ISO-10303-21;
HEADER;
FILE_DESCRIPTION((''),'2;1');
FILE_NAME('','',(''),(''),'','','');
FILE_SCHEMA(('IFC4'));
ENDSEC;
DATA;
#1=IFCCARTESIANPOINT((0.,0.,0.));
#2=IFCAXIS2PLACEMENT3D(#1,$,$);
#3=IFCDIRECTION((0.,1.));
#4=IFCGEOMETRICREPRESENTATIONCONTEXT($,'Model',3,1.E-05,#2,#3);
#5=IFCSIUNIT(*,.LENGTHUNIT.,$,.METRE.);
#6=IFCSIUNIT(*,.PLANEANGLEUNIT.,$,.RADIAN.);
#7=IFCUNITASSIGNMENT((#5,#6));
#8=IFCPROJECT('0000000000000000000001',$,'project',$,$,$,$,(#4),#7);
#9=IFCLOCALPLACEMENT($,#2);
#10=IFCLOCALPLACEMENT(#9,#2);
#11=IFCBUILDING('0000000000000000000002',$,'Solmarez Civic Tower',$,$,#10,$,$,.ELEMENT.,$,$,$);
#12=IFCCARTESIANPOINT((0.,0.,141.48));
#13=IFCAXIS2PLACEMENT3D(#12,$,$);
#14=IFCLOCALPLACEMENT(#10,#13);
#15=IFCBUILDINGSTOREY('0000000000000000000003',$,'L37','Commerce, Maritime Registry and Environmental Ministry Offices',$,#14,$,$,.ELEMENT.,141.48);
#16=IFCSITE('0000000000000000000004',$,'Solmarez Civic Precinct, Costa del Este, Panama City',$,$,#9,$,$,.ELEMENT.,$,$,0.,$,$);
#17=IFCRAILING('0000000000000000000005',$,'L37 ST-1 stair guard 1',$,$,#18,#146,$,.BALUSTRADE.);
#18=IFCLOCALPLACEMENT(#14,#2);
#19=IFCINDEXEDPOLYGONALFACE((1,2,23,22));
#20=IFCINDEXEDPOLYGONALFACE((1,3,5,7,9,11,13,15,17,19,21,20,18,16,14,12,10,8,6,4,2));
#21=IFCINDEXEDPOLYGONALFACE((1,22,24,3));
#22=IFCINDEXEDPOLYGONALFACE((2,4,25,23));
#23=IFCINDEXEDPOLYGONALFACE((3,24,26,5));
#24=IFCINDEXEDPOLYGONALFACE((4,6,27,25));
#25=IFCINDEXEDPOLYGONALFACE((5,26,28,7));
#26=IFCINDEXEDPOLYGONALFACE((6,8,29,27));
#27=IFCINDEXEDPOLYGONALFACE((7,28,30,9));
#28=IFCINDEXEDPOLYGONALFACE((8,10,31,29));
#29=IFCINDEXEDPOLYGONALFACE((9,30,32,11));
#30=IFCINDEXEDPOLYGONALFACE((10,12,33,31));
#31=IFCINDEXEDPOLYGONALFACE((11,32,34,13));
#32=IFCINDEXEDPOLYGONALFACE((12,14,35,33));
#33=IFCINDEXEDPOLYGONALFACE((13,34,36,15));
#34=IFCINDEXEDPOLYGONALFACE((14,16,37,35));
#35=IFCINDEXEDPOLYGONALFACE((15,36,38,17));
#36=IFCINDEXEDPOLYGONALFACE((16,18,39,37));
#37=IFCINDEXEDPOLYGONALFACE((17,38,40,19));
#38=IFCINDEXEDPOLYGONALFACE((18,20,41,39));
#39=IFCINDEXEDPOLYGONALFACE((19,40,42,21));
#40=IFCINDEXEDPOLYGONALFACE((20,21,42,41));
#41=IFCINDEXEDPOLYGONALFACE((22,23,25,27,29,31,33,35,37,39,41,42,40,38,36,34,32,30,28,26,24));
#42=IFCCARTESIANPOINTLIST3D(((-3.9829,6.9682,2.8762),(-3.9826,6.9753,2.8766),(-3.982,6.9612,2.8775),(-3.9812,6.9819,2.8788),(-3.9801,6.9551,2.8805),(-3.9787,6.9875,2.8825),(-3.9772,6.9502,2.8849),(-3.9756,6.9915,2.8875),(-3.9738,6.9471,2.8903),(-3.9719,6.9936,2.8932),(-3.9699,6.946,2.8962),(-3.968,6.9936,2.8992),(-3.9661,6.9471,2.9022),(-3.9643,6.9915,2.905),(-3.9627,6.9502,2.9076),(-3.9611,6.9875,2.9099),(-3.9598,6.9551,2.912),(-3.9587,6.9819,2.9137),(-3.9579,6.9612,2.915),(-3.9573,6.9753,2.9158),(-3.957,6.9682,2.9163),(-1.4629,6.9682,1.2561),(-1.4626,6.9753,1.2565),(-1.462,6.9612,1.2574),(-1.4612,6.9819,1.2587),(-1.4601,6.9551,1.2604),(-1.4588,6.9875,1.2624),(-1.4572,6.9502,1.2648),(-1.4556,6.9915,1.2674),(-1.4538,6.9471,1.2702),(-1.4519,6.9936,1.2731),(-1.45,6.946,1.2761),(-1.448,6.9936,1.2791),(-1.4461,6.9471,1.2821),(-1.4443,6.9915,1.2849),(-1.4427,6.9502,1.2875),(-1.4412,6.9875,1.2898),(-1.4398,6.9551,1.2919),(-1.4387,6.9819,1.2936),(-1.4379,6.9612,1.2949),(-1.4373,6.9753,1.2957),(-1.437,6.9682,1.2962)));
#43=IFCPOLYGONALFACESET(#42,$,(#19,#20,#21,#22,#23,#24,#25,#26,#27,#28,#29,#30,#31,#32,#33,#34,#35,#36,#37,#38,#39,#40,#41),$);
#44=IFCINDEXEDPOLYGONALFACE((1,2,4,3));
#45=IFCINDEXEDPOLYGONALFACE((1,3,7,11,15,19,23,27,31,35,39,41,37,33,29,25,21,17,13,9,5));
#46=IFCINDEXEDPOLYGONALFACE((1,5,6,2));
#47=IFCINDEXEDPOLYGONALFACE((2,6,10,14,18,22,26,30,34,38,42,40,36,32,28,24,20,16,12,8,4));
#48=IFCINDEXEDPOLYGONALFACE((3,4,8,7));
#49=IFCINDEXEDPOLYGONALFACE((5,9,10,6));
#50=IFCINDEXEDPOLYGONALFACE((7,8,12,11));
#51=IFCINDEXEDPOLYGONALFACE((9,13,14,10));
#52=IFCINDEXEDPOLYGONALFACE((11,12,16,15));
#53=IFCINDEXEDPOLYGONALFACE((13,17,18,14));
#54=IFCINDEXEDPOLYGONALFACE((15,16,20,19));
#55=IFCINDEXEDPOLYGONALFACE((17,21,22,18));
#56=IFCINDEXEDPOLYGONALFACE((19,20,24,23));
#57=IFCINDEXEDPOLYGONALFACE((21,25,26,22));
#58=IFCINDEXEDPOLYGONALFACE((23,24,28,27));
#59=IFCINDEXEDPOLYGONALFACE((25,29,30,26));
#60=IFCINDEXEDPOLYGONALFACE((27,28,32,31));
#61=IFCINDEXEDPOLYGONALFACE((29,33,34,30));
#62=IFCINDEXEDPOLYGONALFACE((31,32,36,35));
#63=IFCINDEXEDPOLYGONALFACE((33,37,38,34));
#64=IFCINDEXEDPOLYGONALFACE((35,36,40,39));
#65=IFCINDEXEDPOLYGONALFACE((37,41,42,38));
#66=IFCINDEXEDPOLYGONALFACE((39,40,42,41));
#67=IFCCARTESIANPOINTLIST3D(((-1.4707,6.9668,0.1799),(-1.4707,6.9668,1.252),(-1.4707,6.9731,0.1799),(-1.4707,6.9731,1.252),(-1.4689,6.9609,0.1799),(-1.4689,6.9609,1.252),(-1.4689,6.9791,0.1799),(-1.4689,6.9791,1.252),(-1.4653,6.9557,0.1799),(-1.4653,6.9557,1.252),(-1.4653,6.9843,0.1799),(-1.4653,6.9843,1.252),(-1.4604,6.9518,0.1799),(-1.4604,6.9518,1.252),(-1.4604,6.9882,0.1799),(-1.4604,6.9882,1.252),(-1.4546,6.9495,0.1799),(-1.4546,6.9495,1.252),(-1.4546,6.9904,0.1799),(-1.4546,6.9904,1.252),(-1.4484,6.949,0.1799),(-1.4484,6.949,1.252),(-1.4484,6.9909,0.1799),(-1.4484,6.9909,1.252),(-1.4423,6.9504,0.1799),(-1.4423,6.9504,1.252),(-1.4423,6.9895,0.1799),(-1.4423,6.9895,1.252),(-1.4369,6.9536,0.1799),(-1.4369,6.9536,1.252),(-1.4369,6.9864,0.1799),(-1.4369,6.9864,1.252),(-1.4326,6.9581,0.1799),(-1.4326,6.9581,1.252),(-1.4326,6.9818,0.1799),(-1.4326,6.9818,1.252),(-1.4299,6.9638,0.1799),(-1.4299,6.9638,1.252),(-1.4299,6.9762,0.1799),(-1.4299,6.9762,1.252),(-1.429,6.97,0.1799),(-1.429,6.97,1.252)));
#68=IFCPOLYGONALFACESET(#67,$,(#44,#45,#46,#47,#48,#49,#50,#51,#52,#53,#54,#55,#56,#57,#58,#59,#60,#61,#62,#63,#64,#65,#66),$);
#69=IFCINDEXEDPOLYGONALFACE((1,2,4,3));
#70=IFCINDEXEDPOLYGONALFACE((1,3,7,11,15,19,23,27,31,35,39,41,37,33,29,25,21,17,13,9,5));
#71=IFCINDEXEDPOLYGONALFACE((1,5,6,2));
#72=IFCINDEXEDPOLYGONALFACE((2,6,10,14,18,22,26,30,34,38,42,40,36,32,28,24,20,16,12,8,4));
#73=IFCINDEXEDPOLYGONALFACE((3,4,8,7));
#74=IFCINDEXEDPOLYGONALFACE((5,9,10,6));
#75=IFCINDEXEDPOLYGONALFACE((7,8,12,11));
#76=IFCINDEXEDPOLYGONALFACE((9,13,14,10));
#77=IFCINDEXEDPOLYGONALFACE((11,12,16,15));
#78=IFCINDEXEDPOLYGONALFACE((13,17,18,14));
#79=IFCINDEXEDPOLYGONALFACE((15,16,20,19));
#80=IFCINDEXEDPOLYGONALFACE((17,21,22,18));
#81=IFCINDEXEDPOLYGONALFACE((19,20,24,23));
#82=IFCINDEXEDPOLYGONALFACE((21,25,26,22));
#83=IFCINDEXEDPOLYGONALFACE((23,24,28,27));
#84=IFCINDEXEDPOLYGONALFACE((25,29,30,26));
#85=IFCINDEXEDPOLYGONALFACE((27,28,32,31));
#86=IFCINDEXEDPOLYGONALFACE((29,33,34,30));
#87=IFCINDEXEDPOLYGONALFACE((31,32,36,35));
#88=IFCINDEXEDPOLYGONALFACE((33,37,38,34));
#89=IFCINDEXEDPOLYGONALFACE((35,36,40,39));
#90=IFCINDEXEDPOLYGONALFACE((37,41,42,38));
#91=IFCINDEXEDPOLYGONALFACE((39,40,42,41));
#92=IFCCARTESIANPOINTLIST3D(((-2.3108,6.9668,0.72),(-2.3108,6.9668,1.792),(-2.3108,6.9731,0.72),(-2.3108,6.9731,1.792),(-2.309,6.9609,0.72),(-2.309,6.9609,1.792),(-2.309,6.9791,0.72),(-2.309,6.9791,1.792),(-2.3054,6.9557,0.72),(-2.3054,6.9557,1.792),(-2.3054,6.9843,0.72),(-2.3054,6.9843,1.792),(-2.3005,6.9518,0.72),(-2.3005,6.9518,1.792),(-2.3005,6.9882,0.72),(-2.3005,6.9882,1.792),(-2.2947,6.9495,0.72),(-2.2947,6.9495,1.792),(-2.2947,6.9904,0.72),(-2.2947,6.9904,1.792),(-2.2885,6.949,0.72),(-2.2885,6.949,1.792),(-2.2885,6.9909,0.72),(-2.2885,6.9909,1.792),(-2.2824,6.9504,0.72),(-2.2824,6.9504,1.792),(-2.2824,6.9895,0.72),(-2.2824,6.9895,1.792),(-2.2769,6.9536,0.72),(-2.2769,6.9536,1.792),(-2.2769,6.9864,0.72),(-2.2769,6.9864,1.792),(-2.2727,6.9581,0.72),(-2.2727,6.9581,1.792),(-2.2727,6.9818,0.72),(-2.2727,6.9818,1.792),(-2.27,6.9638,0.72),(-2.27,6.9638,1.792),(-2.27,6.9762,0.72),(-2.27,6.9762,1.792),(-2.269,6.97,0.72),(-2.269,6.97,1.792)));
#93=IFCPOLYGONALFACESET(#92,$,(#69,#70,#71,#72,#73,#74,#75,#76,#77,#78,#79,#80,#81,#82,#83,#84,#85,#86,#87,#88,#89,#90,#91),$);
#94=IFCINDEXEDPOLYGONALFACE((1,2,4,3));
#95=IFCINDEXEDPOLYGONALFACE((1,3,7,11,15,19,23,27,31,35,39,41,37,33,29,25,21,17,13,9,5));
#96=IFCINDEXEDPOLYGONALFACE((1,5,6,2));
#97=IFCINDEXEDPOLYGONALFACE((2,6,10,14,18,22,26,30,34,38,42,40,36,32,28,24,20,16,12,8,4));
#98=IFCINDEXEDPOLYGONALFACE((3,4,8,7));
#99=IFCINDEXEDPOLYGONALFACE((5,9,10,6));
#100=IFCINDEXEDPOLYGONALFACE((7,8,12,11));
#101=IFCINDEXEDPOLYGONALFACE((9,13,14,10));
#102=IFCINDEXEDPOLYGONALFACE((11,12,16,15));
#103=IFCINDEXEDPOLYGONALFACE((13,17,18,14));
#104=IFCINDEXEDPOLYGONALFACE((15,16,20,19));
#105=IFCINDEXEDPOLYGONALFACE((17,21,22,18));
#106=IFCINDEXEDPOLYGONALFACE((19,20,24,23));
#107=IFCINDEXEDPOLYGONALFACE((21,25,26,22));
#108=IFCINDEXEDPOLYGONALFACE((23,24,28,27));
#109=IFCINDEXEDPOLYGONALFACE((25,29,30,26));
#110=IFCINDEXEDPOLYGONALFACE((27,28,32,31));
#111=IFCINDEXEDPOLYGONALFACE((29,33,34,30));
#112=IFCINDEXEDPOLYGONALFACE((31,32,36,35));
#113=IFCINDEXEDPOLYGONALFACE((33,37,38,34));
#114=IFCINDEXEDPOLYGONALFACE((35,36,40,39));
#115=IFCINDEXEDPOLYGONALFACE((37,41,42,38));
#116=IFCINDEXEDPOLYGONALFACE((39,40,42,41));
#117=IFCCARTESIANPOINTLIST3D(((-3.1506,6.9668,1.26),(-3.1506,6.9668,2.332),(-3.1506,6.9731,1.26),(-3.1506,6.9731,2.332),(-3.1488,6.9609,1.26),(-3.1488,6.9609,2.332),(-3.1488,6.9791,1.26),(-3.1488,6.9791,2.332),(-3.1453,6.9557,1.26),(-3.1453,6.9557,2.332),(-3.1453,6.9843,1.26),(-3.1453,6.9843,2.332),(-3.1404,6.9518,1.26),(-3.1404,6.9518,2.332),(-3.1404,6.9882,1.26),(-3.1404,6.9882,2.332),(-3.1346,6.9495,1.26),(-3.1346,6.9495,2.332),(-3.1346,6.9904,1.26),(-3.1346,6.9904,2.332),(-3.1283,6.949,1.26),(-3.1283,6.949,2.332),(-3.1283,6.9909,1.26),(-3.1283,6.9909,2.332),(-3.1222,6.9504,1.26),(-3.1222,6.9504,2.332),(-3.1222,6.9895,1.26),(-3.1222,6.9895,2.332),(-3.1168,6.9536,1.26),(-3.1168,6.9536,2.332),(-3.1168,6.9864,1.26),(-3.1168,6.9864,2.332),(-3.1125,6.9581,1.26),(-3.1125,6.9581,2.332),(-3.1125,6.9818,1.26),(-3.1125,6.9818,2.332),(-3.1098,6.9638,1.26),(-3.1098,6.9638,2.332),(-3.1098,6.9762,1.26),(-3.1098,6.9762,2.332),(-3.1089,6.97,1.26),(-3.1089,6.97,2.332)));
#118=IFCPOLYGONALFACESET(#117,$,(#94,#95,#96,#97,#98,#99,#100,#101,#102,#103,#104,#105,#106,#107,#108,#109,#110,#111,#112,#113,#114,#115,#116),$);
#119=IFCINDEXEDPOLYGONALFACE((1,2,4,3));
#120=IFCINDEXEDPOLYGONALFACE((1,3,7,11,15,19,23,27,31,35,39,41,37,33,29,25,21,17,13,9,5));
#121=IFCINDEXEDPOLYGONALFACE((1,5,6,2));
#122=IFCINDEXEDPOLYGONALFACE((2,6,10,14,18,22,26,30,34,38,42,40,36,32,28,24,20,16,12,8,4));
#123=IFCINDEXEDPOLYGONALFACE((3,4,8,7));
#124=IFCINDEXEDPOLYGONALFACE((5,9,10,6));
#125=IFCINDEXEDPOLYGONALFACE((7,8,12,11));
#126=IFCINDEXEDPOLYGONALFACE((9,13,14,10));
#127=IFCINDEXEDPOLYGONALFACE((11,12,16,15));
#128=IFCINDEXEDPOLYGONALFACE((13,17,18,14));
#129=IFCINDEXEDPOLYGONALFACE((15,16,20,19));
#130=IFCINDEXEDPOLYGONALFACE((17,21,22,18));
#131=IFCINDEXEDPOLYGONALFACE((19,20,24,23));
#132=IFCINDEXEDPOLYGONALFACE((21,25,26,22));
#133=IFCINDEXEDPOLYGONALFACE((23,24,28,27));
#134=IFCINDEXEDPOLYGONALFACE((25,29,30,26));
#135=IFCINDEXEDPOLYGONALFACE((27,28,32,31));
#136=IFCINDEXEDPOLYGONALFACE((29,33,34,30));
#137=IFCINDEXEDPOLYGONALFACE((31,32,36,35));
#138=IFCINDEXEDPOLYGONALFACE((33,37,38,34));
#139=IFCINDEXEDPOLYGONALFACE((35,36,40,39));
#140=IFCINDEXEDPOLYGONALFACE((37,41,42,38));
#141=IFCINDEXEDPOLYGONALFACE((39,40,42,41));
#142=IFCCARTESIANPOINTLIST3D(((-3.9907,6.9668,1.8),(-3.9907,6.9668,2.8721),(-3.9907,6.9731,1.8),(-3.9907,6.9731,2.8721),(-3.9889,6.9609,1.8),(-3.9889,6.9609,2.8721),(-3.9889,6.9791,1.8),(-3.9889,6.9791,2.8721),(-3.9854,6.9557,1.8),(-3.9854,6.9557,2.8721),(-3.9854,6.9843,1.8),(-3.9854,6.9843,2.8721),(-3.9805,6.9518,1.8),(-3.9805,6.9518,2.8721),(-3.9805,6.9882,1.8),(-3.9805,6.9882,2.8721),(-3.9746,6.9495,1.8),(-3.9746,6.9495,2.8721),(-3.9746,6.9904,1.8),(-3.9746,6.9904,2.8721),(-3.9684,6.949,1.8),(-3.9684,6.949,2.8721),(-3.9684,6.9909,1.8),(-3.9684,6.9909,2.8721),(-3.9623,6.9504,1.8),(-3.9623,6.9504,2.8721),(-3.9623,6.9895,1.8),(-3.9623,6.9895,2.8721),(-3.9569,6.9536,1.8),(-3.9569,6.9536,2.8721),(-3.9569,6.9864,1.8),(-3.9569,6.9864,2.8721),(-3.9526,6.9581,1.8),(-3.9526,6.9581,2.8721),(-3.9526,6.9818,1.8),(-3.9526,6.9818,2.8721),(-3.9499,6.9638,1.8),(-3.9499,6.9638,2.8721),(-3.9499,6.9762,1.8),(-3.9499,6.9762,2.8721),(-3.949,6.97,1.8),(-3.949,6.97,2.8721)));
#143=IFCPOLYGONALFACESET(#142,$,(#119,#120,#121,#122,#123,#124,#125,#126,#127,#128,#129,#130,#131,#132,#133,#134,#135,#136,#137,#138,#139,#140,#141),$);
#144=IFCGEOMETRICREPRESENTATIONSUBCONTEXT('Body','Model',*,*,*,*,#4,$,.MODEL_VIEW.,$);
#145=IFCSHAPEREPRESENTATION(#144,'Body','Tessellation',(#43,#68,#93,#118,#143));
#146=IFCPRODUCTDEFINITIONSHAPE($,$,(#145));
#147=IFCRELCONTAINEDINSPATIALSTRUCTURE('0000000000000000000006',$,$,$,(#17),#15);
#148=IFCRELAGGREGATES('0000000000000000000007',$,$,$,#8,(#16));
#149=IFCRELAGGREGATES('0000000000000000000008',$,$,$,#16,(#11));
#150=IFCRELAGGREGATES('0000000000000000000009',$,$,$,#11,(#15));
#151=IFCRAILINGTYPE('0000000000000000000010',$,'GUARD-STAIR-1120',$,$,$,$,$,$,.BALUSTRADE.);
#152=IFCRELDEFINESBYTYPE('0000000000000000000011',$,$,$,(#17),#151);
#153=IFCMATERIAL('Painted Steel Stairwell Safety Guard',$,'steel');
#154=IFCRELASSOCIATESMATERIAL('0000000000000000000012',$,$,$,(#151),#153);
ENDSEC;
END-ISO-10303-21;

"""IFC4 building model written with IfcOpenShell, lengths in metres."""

from ifc_helpers import new_model, si_unit, direction, frame, origin, origin_2d, place, context, subcontext, project, spatial, circle, extrude, material, type_object, element, save


model = new_model("IFC4")

# Units and contexts
model_context = context("Model", 3, precision=1e-05, world=origin(), true_north=direction((0.0, 1.0)))
body_context = subcontext(model_context, "Body", "Model", "MODEL_VIEW")
ifc_project = project(units=[si_unit("LENGTHUNIT", "METRE"), si_unit("PLANEANGLEUNIT", "RADIAN")], contexts=[model_context])

# Site, building, storey
site_placement = place(None, origin())
site = spatial("IfcSite", under=ifc_project, at=site_placement, Name="Solmarez Civic Precinct, Costa del Este, Panama City", CompositionType="ELEMENT", RefElevation=0.0)
building_placement = place(site_placement, origin())
building = spatial("IfcBuilding", under=site, at=building_placement, Name="Solmarez Civic Tower", CompositionType="ELEMENT")
storey_placement = place(building_placement, frame((0.0, 0.0, 141.48)))
storey = spatial("IfcBuildingStorey", under=building, at=storey_placement, Name="L37", Description="Commerce, Maritime Registry and Environmental Ministry Offices", CompositionType="ELEMENT", Elevation=141.48)

# Railing
ifc_material_1 = material(Name="Painted Steel Stairwell Safety Guard", Category="steel")
railing_type_1 = type_object("IfcRailingType", Name="GUARD-STAIR-1120", PredefinedType="BALUSTRADE", material=ifc_material_1)
railing_1_placement = place(storey_placement, frame((-1.45, 6.97, 0.1799)))
element("IfcRailing", 1, at=railing_1_placement, inside=storey, type_object=railing_type_1, Name="L37 ST-1 stair guard 1", PredefinedType="BALUSTRADE", context=body_context, shape_type="SweptSolid", body=[
    extrude(circle(Radius=0.0239, at=origin_2d()), frame((0.0, 0.0, 1.0962), z_axis=(-0.841163, 0.0, 0.540782), x_axis=(0.0, -1.0, 0.0)), (0.0, 0.0, 1.0), 2.9958),
    extrude(circle(Radius=0.021, at=origin_2d()), origin(), (0.0, 0.0, 1.0), 1.072),
    extrude(circle(Radius=0.021, at=origin_2d()), frame((-0.8401, 0.0, 0.54)), (0.0, 0.0, 1.0), 1.072),
    extrude(circle(Radius=0.021, at=origin_2d()), frame((-1.6799, 0.0, 1.0801)), (0.0, 0.0, 1.0), 1.072),
    extrude(circle(Radius=0.021, at=origin_2d()), frame((-2.52, 0.0, 1.6201)), (0.0, 0.0, 1.0), 1.072),
])

save(model, "model.ifc")
